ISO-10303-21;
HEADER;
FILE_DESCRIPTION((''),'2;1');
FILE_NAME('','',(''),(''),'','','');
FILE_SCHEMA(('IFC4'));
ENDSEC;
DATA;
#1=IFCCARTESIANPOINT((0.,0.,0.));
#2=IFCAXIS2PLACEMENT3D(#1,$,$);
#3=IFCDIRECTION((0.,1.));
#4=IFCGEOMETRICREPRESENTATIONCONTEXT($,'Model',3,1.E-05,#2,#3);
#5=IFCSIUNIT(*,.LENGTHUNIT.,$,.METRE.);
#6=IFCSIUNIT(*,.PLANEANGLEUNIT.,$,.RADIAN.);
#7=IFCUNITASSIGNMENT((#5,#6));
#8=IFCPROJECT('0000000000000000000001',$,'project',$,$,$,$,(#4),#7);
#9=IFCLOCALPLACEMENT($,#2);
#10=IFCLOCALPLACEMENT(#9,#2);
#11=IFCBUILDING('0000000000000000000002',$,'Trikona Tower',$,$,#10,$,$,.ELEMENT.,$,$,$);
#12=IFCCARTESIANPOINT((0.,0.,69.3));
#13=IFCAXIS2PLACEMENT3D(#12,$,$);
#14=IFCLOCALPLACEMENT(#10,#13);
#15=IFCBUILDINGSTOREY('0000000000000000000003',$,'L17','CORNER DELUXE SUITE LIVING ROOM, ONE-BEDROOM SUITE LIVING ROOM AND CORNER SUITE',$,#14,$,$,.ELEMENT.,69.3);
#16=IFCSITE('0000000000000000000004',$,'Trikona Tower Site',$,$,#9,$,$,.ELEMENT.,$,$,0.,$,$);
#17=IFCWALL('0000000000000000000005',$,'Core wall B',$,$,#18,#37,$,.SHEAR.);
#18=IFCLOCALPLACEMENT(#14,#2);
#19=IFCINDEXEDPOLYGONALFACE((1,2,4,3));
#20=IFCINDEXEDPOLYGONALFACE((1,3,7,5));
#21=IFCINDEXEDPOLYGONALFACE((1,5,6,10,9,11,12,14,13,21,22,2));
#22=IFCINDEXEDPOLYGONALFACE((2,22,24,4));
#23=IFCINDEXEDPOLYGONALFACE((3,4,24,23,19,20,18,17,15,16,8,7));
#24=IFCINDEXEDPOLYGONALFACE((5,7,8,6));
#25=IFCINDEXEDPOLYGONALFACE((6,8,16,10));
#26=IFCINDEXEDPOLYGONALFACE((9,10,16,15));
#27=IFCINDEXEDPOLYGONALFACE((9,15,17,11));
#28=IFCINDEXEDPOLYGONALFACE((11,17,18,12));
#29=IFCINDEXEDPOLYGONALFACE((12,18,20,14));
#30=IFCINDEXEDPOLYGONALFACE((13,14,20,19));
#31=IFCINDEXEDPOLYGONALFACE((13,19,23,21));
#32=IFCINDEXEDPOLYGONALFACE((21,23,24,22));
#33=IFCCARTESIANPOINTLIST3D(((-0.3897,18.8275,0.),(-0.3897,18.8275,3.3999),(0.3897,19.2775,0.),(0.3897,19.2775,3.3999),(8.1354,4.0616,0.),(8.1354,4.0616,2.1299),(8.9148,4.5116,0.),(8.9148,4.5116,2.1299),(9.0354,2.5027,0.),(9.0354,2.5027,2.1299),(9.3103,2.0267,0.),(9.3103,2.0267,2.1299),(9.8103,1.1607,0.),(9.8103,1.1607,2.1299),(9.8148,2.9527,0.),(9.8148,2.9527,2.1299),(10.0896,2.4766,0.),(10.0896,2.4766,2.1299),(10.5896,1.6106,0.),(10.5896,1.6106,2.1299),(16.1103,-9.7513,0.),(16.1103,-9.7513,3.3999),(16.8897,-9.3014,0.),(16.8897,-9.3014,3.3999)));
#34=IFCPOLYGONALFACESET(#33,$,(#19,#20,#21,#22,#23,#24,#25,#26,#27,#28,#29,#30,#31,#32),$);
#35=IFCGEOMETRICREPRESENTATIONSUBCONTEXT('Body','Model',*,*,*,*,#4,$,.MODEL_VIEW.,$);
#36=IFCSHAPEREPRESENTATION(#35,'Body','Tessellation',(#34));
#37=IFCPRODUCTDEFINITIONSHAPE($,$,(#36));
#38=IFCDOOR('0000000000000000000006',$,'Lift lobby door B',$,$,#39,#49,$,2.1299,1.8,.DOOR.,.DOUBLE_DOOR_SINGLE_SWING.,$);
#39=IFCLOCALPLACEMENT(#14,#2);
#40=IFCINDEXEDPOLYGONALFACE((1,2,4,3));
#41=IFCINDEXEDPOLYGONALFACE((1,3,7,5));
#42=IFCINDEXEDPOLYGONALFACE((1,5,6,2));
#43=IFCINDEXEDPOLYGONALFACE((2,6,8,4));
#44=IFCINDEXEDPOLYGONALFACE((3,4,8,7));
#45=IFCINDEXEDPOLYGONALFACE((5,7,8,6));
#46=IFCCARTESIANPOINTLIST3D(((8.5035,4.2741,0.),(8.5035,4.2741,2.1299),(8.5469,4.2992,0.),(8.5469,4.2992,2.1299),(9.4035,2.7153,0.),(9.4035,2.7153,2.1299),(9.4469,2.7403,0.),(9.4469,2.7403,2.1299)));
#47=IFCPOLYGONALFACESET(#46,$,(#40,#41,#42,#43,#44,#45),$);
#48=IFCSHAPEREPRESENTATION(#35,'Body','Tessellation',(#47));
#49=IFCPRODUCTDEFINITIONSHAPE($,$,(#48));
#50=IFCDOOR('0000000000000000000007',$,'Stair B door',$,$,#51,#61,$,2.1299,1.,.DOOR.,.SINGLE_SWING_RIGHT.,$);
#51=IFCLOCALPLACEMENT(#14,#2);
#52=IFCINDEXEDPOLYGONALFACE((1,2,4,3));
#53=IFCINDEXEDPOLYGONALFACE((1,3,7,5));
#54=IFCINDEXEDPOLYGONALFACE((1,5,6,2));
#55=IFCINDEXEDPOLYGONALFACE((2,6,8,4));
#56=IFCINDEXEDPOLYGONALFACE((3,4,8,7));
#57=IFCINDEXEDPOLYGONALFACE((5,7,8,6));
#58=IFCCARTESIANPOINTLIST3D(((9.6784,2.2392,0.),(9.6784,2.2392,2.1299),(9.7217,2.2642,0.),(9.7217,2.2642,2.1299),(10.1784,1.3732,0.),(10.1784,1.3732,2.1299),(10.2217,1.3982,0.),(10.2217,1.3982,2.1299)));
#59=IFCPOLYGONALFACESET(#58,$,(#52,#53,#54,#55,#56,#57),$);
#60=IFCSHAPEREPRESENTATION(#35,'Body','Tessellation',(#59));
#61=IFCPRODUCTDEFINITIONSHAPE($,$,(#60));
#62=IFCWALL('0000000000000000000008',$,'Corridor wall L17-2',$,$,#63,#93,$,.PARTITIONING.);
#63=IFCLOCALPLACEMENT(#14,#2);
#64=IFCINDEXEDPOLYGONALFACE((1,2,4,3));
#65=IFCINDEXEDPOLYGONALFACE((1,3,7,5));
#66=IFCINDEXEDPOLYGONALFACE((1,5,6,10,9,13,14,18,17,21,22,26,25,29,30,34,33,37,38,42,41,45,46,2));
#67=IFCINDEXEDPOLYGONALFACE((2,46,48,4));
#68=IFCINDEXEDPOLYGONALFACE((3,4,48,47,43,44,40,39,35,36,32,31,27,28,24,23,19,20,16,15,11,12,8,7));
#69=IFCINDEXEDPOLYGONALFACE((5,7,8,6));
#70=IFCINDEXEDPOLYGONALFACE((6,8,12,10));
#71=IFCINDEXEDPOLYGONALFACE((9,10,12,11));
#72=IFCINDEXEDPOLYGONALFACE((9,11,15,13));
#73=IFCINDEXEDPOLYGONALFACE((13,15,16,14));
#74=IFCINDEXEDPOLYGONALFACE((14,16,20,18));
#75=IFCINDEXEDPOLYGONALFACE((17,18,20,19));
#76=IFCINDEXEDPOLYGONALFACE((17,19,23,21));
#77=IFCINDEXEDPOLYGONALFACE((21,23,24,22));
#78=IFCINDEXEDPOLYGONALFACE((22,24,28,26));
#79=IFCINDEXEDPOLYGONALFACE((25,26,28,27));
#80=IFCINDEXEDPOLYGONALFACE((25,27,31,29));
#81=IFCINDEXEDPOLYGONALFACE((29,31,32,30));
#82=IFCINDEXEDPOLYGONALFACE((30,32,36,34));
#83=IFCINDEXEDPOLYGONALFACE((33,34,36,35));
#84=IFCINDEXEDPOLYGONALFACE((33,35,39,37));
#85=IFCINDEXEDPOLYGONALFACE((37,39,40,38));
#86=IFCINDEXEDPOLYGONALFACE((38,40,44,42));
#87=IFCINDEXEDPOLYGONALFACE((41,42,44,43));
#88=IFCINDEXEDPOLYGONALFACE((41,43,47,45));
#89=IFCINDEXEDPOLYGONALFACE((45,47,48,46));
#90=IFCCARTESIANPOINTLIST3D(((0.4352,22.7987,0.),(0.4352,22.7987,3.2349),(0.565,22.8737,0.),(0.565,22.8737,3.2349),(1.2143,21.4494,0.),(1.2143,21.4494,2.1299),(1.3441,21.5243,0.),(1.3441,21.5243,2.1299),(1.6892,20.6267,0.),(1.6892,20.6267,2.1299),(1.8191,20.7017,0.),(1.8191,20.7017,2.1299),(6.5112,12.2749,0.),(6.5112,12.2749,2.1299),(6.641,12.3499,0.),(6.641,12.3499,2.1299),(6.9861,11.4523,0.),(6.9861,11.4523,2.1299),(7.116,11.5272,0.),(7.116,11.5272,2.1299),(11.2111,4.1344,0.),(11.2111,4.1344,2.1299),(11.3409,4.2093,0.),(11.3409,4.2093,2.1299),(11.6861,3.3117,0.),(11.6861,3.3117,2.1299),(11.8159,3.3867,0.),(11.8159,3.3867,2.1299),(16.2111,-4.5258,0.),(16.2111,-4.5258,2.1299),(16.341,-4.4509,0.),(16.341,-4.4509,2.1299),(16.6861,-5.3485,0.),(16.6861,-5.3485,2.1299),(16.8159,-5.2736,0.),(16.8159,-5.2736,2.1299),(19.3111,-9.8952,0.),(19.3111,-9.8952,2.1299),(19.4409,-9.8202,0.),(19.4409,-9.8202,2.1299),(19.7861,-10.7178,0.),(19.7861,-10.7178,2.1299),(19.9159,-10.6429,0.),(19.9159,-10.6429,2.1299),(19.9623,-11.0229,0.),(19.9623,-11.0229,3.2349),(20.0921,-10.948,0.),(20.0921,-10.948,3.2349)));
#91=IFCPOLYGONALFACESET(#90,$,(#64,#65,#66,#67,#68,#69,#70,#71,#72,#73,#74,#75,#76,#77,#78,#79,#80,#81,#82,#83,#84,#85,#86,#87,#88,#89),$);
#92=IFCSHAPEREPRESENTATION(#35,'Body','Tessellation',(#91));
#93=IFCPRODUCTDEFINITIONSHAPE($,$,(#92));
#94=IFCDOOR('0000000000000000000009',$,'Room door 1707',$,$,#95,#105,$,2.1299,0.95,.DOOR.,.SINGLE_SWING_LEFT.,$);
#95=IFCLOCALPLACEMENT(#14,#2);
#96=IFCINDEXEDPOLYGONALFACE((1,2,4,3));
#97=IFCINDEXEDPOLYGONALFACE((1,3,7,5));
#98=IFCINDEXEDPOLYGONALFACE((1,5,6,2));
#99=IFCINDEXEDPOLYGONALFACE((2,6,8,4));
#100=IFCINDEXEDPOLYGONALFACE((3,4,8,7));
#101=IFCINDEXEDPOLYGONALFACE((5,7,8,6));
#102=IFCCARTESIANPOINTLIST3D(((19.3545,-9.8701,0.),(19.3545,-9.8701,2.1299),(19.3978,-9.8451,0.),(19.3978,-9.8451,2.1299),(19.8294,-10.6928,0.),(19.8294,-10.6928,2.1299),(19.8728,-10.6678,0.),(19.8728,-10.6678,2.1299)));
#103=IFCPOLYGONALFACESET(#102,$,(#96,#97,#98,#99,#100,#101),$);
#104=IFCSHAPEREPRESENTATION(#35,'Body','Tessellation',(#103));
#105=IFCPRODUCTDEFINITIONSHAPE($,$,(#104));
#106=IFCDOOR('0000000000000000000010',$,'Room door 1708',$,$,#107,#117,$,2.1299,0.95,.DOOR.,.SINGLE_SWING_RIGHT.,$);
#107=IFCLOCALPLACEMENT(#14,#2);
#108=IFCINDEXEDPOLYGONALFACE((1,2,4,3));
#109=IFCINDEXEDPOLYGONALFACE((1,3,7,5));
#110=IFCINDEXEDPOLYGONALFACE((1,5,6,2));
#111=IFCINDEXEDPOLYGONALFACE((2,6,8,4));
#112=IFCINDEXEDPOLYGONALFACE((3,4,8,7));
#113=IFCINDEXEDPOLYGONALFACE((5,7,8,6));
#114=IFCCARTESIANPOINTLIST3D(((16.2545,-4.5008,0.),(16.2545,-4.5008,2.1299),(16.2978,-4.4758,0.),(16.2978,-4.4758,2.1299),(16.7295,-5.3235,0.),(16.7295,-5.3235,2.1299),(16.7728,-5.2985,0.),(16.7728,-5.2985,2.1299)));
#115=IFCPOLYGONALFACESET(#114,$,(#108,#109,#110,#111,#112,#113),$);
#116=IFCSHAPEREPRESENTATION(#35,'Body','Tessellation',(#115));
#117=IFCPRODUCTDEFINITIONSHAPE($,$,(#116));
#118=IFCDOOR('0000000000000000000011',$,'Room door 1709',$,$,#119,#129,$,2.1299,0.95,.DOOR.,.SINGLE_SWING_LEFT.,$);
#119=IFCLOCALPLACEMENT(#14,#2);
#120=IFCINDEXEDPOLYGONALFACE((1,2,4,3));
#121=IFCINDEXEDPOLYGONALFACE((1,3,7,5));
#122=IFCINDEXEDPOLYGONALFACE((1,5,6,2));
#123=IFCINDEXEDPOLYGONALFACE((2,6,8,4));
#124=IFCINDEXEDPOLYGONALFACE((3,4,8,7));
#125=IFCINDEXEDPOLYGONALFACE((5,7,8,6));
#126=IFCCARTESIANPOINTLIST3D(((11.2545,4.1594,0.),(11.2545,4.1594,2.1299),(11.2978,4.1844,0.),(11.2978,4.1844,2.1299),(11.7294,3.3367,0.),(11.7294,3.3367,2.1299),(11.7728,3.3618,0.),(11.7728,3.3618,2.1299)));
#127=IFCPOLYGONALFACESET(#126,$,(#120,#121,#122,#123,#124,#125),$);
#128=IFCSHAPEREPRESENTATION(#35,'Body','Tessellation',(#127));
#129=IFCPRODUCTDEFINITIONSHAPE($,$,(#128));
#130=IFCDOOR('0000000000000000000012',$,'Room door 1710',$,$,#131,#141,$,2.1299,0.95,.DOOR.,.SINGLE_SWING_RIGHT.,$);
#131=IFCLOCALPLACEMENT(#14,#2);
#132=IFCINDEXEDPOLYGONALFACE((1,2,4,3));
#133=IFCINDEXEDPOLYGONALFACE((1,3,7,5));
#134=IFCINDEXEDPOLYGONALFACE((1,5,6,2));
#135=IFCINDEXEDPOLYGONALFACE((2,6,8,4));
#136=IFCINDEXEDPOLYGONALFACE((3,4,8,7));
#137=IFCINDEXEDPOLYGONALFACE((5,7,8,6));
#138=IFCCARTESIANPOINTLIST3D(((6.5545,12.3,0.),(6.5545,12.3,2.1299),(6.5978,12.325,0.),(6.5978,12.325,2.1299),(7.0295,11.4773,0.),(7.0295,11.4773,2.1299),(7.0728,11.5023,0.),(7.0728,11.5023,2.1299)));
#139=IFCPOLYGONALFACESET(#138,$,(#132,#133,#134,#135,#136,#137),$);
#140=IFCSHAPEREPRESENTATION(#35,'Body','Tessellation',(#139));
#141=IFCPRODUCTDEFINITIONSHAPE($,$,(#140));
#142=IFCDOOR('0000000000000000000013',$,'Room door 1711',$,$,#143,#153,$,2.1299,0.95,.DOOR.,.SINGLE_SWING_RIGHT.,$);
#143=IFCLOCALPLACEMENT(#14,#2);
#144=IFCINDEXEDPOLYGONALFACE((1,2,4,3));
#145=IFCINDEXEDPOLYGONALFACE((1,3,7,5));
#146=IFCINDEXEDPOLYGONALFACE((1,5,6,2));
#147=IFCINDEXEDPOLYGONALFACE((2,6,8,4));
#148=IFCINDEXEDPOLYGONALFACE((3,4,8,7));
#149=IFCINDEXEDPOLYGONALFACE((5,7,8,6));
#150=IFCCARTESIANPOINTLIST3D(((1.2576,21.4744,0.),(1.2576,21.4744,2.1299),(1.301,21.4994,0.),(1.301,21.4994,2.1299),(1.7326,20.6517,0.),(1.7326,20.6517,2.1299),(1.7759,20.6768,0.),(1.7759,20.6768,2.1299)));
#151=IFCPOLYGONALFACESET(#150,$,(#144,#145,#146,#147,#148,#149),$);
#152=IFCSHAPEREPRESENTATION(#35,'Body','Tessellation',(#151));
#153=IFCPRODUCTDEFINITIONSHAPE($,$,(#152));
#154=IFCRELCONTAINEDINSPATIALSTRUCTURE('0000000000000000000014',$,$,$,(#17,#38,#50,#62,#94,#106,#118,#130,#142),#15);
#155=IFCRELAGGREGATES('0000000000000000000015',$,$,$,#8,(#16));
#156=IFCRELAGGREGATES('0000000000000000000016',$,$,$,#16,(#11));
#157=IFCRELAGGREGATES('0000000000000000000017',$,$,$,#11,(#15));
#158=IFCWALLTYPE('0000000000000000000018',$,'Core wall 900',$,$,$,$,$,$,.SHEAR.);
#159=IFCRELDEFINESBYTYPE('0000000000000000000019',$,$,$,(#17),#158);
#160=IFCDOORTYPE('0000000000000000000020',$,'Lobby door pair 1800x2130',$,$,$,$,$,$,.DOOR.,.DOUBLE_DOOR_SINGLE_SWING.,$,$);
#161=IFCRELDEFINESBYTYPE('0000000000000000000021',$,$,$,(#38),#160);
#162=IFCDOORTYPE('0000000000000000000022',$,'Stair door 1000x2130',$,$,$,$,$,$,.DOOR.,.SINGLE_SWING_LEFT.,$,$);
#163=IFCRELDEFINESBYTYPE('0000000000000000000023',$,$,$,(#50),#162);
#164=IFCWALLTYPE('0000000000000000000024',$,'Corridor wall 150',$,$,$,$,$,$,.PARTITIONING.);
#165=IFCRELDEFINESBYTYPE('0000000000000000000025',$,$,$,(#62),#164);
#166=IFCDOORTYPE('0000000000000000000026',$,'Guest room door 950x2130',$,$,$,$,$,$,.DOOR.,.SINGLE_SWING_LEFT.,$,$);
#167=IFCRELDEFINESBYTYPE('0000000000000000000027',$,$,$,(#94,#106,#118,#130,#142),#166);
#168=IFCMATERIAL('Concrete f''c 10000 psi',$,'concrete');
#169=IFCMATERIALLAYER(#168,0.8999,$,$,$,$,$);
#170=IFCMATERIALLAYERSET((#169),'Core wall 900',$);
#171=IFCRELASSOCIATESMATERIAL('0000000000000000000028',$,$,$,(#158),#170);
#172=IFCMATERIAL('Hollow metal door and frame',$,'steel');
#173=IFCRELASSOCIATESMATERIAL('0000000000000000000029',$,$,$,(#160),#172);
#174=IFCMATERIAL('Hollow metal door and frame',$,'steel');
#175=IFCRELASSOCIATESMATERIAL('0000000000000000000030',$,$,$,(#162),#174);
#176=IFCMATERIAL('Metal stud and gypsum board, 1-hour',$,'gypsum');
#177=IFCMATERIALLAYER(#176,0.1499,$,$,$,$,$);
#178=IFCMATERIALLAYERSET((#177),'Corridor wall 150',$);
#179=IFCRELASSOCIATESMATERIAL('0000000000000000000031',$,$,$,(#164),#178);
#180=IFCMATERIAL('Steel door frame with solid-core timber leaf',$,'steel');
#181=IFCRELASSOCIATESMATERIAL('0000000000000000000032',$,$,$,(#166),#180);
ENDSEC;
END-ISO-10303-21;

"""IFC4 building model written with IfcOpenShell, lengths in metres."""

from ifc_helpers import new_model, si_unit, direction, frame, frame_2d, origin, place, context, subcontext, project, spatial, rectangle, extrude, material, layer, layer_set, type_object, element, fill, save


model = new_model("IFC4")

# Units and contexts
model_context = context("Model", 3, precision=1e-05, world=origin(), true_north=direction((0.0, 1.0)))
body_context = subcontext(model_context, "Body", "Model", "MODEL_VIEW")
ifc_project = project(units=[si_unit("LENGTHUNIT", "METRE"), si_unit("PLANEANGLEUNIT", "RADIAN")], contexts=[model_context])

# Site, building, storey
site_placement = place(None, origin())
site = spatial("IfcSite", under=ifc_project, at=site_placement, Name="Trikona Tower Site", CompositionType="ELEMENT", RefElevation=0.0)
building_placement = place(site_placement, origin())
building = spatial("IfcBuilding", under=site, at=building_placement, Name="Trikona Tower", CompositionType="ELEMENT")
storey_placement = place(building_placement, frame((0.0, 0.0, 69.3)))
storey = spatial("IfcBuildingStorey", under=building, at=storey_placement, Name="L17", Description="CORNER DELUXE SUITE LIVING ROOM, ONE-BEDROOM SUITE LIVING ROOM AND CORNER SUITE", CompositionType="ELEMENT", Elevation=69.3)

# Walls, openings, doors
ifc_material_1 = material(Name="Concrete f'c 10000 psi", Category="concrete")
ifc_layer_1 = layer(ifc_material_1, 0.8999)
ifc_layer_set_1 = layer_set([ifc_layer_1], Name="Core wall 900")
wall_type_1 = type_object("IfcWallType", Name="Core wall 900", PredefinedType="SHEAR", material=ifc_layer_set_1)
wall_1_placement = place(storey_placement, frame((16.5, -9.5264, 0.0), z_axis=(0.0, 0.0, 1.0), x_axis=(-0.5, 0.866026, 0.0)))
wall_1 = element("IfcWall", 1, at=wall_1_placement, inside=storey, type_object=wall_type_1, Name="Core wall B", PredefinedType="SHEAR", context=body_context, shape_type="SweptSolid", body=[
    extrude(rectangle(XDim=33.0, YDim=0.8999, at=frame_2d((16.5, 0.0))), origin(), (0.0, 0.0, 1.0), 3.3999),
])
opening_1_placement = place(wall_1_placement, frame((14.1499, 0.0, 0.0)))
opening_1 = element("IfcOpeningElement", 2, at=opening_1_placement, cuts=wall_1, PredefinedType="OPENING", context=body_context, shape_type="SweptSolid", body=[
    extrude(rectangle(XDim=1.8, YDim=2.1299, at=frame_2d((0.8999, 1.0649))), frame((0.0, 0.46, 0.0), z_axis=(0.0, -1.0, 0.0), x_axis=(1.0, 0.0, 0.0)), (0.0, 0.0, 1.0), 0.9199),
])
opening_2_placement = place(wall_1_placement, frame((12.6001, 0.0, 0.0)))
opening_2 = element("IfcOpeningElement", 3, at=opening_2_placement, cuts=wall_1, PredefinedType="OPENING", context=body_context, shape_type="SweptSolid", body=[
    extrude(rectangle(XDim=1.0, YDim=2.1299, at=frame_2d((0.5, 1.0649))), frame((0.0, 0.46, 0.0), z_axis=(0.0, -1.0, 0.0), x_axis=(1.0, 0.0, 0.0)), (0.0, 0.0, 1.0), 0.9199),
])
ifc_material_2 = material(Name="Hollow metal door and frame", Category="steel")
door_type_1 = type_object("IfcDoorType", Name="Lobby door pair 1800x2130", OperationType="DOUBLE_DOOR_SINGLE_SWING", PredefinedType="DOOR", material=ifc_material_2)
door_1_placement = place(opening_1_placement, origin())
door_1 = element("IfcDoor", 4, at=door_1_placement, inside=storey, type_object=door_type_1, Name="Lift lobby door B", OperationType="DOUBLE_DOOR_SINGLE_SWING", OverallHeight=2.1299, OverallWidth=1.8, PredefinedType="DOOR", context=body_context, shape_type="SweptSolid", body=[
    extrude(rectangle(XDim=1.8, YDim=2.1299, at=frame_2d((0.8999, 1.0649))), frame((0.0, 0.0249, 0.0), z_axis=(0.0, -1.0, 0.0), x_axis=(1.0, 0.0, 0.0)), (0.0, 0.0, 1.0), 0.05),
])
fill(opening_1, door_1)
ifc_material_3 = material(Name="Hollow metal door and frame", Category="steel")
door_type_2 = type_object("IfcDoorType", Name="Stair door 1000x2130", OperationType="SINGLE_SWING_LEFT", PredefinedType="DOOR", material=ifc_material_3)
door_2_placement = place(opening_2_placement, origin())
door_2 = element("IfcDoor", 5, at=door_2_placement, inside=storey, type_object=door_type_2, Name="Stair B door", OperationType="SINGLE_SWING_RIGHT", OverallHeight=2.1299, OverallWidth=1.0, PredefinedType="DOOR", context=body_context, shape_type="SweptSolid", body=[
    extrude(rectangle(XDim=1.0, YDim=2.1299, at=frame_2d((0.5, 1.0649))), frame((0.0, 0.0249, 0.0), z_axis=(0.0, -1.0, 0.0), x_axis=(1.0, 0.0, 0.0)), (0.0, 0.0, 1.0), 0.05),
])
fill(opening_2, door_2)
ifc_material_4 = material(Name="Metal stud and gypsum board, 1-hour", Category="gypsum")
ifc_layer_2 = layer(ifc_material_4, 0.1499)
ifc_layer_set_2 = layer_set([ifc_layer_2], Name="Corridor wall 150")
wall_type_2 = type_object("IfcWallType", Name="Corridor wall 150", PredefinedType="PARTITIONING", material=ifc_layer_set_2)
wall_2_placement = place(storey_placement, frame((20.0271, -10.9854, 0.0), z_axis=(0.0, 0.0, 1.0), x_axis=(-0.500002, 0.866024, 0.0)))
wall_2 = element("IfcWall", 6, at=wall_2_placement, inside=storey, type_object=wall_type_2, Name="Corridor wall L17-2", PredefinedType="PARTITIONING", context=body_context, shape_type="SweptSolid", body=[
    extrude(rectangle(XDim=39.054, YDim=0.1499, at=frame_2d((19.5269, 0.0))), origin(), (0.0, 0.0, 1.0), 3.2349),
])
opening_3_placement = place(wall_2_placement, frame((0.3521, 0.0, 0.0)))
opening_3 = element("IfcOpeningElement", 7, at=opening_3_placement, cuts=wall_2, PredefinedType="OPENING", context=body_context, shape_type="SweptSolid", body=[
    extrude(rectangle(XDim=0.95, YDim=2.1299, at=frame_2d((0.4751, 1.0649))), frame((0.0, 0.085, 0.0), z_axis=(0.0, -1.0, 0.0), x_axis=(1.0, 0.0, 0.0)), (0.0, 0.0, 1.0), 0.1699),
])
opening_4_placement = place(wall_2_placement, frame((6.552, 0.0, 0.0)))
opening_4 = element("IfcOpeningElement", 8, at=opening_4_placement, cuts=wall_2, PredefinedType="OPENING", context=body_context, shape_type="SweptSolid", body=[
    extrude(rectangle(XDim=0.95, YDim=2.1299, at=frame_2d((0.4751, 1.0649))), frame((0.0, 0.085, 0.0), z_axis=(0.0, -1.0, 0.0), x_axis=(1.0, 0.0, 0.0)), (0.0, 0.0, 1.0), 0.1699),
])
opening_5_placement = place(wall_2_placement, frame((16.552, 0.0, 0.0)))
opening_5 = element("IfcOpeningElement", 9, at=opening_5_placement, cuts=wall_2, PredefinedType="OPENING", context=body_context, shape_type="SweptSolid", body=[
    extrude(rectangle(XDim=0.95, YDim=2.1299, at=frame_2d((0.4751, 1.0649))), frame((0.0, 0.085, 0.0), z_axis=(0.0, -1.0, 0.0), x_axis=(1.0, 0.0, 0.0)), (0.0, 0.0, 1.0), 0.1699),
])
opening_6_placement = place(wall_2_placement, frame((25.9519, 0.0, 0.0)))
opening_6 = element("IfcOpeningElement", 10, at=opening_6_placement, cuts=wall_2, PredefinedType="OPENING", context=body_context, shape_type="SweptSolid", body=[
    extrude(rectangle(XDim=0.95, YDim=2.1299, at=frame_2d((0.4751, 1.0649))), frame((0.0, 0.085, 0.0), z_axis=(0.0, -1.0, 0.0), x_axis=(1.0, 0.0, 0.0)), (0.0, 0.0, 1.0), 0.1699),
])
opening_7_placement = place(wall_2_placement, frame((36.5457, 0.0, 0.0)))
opening_7 = element("IfcOpeningElement", 11, at=opening_7_placement, cuts=wall_2, PredefinedType="OPENING", context=body_context, shape_type="SweptSolid", body=[
    extrude(rectangle(XDim=0.95, YDim=2.1299, at=frame_2d((0.4751, 1.0649))), frame((0.0, 0.085, 0.0), z_axis=(0.0, -1.0, 0.0), x_axis=(1.0, 0.0, 0.0)), (0.0, 0.0, 1.0), 0.1699),
])
ifc_material_5 = material(Name="Steel door frame with solid-core timber leaf", Category="steel")
door_type_3 = type_object("IfcDoorType", Name="Guest room door 950x2130", OperationType="SINGLE_SWING_LEFT", PredefinedType="DOOR", material=ifc_material_5)
door_3_placement = place(opening_3_placement, origin())
door_3 = element("IfcDoor", 12, at=door_3_placement, inside=storey, type_object=door_type_3, Name="Room door 1707", OperationType="SINGLE_SWING_LEFT", OverallHeight=2.1299, OverallWidth=0.95, PredefinedType="DOOR", context=body_context, shape_type="SweptSolid", body=[
    extrude(rectangle(XDim=0.95, YDim=2.1299, at=frame_2d((0.4751, 1.0649))), frame((0.0, 0.0249, 0.0), z_axis=(0.0, -1.0, 0.0), x_axis=(1.0, 0.0, 0.0)), (0.0, 0.0, 1.0), 0.05),
])
fill(opening_3, door_3)
door_4_placement = place(opening_4_placement, origin())
door_4 = element("IfcDoor", 13, at=door_4_placement, inside=storey, type_object=door_type_3, Name="Room door 1708", OperationType="SINGLE_SWING_RIGHT", OverallHeight=2.1299, OverallWidth=0.95, PredefinedType="DOOR", context=body_context, shape_type="SweptSolid", body=[
    extrude(rectangle(XDim=0.95, YDim=2.1299, at=frame_2d((0.4751, 1.0649))), frame((0.0, 0.0249, 0.0), z_axis=(0.0, -1.0, 0.0), x_axis=(1.0, 0.0, 0.0)), (0.0, 0.0, 1.0), 0.05),
])
fill(opening_4, door_4)
door_5_placement = place(opening_5_placement, origin())
door_5 = element("IfcDoor", 14, at=door_5_placement, inside=storey, type_object=door_type_3, Name="Room door 1709", OperationType="SINGLE_SWING_LEFT", OverallHeight=2.1299, OverallWidth=0.95, PredefinedType="DOOR", context=body_context, shape_type="SweptSolid", body=[
    extrude(rectangle(XDim=0.95, YDim=2.1299, at=frame_2d((0.4751, 1.0649))), frame((0.0, 0.0249, 0.0), z_axis=(0.0, -1.0, 0.0), x_axis=(1.0, 0.0, 0.0)), (0.0, 0.0, 1.0), 0.05),
])
fill(opening_5, door_5)
door_6_placement = place(opening_6_placement, origin())
door_6 = element("IfcDoor", 15, at=door_6_placement, inside=storey, type_object=door_type_3, Name="Room door 1710", OperationType="SINGLE_SWING_RIGHT", OverallHeight=2.1299, OverallWidth=0.95, PredefinedType="DOOR", context=body_context, shape_type="SweptSolid", body=[
    extrude(rectangle(XDim=0.95, YDim=2.1299, at=frame_2d((0.4751, 1.0649))), frame((0.0, 0.0249, 0.0), z_axis=(0.0, -1.0, 0.0), x_axis=(1.0, 0.0, 0.0)), (0.0, 0.0, 1.0), 0.05),
])
fill(opening_6, door_6)
door_7_placement = place(opening_7_placement, origin())
door_7 = element("IfcDoor", 16, at=door_7_placement, inside=storey, type_object=door_type_3, Name="Room door 1711", OperationType="SINGLE_SWING_RIGHT", OverallHeight=2.1299, OverallWidth=0.95, PredefinedType="DOOR", context=body_context, shape_type="SweptSolid", body=[
    extrude(rectangle(XDim=0.95, YDim=2.1299, at=frame_2d((0.4751, 1.0649))), frame((0.0, 0.0249, 0.0), z_axis=(0.0, -1.0, 0.0), x_axis=(1.0, 0.0, 0.0)), (0.0, 0.0, 1.0), 0.05),
])
fill(opening_7, door_7)

save(model, "model.ifc")
